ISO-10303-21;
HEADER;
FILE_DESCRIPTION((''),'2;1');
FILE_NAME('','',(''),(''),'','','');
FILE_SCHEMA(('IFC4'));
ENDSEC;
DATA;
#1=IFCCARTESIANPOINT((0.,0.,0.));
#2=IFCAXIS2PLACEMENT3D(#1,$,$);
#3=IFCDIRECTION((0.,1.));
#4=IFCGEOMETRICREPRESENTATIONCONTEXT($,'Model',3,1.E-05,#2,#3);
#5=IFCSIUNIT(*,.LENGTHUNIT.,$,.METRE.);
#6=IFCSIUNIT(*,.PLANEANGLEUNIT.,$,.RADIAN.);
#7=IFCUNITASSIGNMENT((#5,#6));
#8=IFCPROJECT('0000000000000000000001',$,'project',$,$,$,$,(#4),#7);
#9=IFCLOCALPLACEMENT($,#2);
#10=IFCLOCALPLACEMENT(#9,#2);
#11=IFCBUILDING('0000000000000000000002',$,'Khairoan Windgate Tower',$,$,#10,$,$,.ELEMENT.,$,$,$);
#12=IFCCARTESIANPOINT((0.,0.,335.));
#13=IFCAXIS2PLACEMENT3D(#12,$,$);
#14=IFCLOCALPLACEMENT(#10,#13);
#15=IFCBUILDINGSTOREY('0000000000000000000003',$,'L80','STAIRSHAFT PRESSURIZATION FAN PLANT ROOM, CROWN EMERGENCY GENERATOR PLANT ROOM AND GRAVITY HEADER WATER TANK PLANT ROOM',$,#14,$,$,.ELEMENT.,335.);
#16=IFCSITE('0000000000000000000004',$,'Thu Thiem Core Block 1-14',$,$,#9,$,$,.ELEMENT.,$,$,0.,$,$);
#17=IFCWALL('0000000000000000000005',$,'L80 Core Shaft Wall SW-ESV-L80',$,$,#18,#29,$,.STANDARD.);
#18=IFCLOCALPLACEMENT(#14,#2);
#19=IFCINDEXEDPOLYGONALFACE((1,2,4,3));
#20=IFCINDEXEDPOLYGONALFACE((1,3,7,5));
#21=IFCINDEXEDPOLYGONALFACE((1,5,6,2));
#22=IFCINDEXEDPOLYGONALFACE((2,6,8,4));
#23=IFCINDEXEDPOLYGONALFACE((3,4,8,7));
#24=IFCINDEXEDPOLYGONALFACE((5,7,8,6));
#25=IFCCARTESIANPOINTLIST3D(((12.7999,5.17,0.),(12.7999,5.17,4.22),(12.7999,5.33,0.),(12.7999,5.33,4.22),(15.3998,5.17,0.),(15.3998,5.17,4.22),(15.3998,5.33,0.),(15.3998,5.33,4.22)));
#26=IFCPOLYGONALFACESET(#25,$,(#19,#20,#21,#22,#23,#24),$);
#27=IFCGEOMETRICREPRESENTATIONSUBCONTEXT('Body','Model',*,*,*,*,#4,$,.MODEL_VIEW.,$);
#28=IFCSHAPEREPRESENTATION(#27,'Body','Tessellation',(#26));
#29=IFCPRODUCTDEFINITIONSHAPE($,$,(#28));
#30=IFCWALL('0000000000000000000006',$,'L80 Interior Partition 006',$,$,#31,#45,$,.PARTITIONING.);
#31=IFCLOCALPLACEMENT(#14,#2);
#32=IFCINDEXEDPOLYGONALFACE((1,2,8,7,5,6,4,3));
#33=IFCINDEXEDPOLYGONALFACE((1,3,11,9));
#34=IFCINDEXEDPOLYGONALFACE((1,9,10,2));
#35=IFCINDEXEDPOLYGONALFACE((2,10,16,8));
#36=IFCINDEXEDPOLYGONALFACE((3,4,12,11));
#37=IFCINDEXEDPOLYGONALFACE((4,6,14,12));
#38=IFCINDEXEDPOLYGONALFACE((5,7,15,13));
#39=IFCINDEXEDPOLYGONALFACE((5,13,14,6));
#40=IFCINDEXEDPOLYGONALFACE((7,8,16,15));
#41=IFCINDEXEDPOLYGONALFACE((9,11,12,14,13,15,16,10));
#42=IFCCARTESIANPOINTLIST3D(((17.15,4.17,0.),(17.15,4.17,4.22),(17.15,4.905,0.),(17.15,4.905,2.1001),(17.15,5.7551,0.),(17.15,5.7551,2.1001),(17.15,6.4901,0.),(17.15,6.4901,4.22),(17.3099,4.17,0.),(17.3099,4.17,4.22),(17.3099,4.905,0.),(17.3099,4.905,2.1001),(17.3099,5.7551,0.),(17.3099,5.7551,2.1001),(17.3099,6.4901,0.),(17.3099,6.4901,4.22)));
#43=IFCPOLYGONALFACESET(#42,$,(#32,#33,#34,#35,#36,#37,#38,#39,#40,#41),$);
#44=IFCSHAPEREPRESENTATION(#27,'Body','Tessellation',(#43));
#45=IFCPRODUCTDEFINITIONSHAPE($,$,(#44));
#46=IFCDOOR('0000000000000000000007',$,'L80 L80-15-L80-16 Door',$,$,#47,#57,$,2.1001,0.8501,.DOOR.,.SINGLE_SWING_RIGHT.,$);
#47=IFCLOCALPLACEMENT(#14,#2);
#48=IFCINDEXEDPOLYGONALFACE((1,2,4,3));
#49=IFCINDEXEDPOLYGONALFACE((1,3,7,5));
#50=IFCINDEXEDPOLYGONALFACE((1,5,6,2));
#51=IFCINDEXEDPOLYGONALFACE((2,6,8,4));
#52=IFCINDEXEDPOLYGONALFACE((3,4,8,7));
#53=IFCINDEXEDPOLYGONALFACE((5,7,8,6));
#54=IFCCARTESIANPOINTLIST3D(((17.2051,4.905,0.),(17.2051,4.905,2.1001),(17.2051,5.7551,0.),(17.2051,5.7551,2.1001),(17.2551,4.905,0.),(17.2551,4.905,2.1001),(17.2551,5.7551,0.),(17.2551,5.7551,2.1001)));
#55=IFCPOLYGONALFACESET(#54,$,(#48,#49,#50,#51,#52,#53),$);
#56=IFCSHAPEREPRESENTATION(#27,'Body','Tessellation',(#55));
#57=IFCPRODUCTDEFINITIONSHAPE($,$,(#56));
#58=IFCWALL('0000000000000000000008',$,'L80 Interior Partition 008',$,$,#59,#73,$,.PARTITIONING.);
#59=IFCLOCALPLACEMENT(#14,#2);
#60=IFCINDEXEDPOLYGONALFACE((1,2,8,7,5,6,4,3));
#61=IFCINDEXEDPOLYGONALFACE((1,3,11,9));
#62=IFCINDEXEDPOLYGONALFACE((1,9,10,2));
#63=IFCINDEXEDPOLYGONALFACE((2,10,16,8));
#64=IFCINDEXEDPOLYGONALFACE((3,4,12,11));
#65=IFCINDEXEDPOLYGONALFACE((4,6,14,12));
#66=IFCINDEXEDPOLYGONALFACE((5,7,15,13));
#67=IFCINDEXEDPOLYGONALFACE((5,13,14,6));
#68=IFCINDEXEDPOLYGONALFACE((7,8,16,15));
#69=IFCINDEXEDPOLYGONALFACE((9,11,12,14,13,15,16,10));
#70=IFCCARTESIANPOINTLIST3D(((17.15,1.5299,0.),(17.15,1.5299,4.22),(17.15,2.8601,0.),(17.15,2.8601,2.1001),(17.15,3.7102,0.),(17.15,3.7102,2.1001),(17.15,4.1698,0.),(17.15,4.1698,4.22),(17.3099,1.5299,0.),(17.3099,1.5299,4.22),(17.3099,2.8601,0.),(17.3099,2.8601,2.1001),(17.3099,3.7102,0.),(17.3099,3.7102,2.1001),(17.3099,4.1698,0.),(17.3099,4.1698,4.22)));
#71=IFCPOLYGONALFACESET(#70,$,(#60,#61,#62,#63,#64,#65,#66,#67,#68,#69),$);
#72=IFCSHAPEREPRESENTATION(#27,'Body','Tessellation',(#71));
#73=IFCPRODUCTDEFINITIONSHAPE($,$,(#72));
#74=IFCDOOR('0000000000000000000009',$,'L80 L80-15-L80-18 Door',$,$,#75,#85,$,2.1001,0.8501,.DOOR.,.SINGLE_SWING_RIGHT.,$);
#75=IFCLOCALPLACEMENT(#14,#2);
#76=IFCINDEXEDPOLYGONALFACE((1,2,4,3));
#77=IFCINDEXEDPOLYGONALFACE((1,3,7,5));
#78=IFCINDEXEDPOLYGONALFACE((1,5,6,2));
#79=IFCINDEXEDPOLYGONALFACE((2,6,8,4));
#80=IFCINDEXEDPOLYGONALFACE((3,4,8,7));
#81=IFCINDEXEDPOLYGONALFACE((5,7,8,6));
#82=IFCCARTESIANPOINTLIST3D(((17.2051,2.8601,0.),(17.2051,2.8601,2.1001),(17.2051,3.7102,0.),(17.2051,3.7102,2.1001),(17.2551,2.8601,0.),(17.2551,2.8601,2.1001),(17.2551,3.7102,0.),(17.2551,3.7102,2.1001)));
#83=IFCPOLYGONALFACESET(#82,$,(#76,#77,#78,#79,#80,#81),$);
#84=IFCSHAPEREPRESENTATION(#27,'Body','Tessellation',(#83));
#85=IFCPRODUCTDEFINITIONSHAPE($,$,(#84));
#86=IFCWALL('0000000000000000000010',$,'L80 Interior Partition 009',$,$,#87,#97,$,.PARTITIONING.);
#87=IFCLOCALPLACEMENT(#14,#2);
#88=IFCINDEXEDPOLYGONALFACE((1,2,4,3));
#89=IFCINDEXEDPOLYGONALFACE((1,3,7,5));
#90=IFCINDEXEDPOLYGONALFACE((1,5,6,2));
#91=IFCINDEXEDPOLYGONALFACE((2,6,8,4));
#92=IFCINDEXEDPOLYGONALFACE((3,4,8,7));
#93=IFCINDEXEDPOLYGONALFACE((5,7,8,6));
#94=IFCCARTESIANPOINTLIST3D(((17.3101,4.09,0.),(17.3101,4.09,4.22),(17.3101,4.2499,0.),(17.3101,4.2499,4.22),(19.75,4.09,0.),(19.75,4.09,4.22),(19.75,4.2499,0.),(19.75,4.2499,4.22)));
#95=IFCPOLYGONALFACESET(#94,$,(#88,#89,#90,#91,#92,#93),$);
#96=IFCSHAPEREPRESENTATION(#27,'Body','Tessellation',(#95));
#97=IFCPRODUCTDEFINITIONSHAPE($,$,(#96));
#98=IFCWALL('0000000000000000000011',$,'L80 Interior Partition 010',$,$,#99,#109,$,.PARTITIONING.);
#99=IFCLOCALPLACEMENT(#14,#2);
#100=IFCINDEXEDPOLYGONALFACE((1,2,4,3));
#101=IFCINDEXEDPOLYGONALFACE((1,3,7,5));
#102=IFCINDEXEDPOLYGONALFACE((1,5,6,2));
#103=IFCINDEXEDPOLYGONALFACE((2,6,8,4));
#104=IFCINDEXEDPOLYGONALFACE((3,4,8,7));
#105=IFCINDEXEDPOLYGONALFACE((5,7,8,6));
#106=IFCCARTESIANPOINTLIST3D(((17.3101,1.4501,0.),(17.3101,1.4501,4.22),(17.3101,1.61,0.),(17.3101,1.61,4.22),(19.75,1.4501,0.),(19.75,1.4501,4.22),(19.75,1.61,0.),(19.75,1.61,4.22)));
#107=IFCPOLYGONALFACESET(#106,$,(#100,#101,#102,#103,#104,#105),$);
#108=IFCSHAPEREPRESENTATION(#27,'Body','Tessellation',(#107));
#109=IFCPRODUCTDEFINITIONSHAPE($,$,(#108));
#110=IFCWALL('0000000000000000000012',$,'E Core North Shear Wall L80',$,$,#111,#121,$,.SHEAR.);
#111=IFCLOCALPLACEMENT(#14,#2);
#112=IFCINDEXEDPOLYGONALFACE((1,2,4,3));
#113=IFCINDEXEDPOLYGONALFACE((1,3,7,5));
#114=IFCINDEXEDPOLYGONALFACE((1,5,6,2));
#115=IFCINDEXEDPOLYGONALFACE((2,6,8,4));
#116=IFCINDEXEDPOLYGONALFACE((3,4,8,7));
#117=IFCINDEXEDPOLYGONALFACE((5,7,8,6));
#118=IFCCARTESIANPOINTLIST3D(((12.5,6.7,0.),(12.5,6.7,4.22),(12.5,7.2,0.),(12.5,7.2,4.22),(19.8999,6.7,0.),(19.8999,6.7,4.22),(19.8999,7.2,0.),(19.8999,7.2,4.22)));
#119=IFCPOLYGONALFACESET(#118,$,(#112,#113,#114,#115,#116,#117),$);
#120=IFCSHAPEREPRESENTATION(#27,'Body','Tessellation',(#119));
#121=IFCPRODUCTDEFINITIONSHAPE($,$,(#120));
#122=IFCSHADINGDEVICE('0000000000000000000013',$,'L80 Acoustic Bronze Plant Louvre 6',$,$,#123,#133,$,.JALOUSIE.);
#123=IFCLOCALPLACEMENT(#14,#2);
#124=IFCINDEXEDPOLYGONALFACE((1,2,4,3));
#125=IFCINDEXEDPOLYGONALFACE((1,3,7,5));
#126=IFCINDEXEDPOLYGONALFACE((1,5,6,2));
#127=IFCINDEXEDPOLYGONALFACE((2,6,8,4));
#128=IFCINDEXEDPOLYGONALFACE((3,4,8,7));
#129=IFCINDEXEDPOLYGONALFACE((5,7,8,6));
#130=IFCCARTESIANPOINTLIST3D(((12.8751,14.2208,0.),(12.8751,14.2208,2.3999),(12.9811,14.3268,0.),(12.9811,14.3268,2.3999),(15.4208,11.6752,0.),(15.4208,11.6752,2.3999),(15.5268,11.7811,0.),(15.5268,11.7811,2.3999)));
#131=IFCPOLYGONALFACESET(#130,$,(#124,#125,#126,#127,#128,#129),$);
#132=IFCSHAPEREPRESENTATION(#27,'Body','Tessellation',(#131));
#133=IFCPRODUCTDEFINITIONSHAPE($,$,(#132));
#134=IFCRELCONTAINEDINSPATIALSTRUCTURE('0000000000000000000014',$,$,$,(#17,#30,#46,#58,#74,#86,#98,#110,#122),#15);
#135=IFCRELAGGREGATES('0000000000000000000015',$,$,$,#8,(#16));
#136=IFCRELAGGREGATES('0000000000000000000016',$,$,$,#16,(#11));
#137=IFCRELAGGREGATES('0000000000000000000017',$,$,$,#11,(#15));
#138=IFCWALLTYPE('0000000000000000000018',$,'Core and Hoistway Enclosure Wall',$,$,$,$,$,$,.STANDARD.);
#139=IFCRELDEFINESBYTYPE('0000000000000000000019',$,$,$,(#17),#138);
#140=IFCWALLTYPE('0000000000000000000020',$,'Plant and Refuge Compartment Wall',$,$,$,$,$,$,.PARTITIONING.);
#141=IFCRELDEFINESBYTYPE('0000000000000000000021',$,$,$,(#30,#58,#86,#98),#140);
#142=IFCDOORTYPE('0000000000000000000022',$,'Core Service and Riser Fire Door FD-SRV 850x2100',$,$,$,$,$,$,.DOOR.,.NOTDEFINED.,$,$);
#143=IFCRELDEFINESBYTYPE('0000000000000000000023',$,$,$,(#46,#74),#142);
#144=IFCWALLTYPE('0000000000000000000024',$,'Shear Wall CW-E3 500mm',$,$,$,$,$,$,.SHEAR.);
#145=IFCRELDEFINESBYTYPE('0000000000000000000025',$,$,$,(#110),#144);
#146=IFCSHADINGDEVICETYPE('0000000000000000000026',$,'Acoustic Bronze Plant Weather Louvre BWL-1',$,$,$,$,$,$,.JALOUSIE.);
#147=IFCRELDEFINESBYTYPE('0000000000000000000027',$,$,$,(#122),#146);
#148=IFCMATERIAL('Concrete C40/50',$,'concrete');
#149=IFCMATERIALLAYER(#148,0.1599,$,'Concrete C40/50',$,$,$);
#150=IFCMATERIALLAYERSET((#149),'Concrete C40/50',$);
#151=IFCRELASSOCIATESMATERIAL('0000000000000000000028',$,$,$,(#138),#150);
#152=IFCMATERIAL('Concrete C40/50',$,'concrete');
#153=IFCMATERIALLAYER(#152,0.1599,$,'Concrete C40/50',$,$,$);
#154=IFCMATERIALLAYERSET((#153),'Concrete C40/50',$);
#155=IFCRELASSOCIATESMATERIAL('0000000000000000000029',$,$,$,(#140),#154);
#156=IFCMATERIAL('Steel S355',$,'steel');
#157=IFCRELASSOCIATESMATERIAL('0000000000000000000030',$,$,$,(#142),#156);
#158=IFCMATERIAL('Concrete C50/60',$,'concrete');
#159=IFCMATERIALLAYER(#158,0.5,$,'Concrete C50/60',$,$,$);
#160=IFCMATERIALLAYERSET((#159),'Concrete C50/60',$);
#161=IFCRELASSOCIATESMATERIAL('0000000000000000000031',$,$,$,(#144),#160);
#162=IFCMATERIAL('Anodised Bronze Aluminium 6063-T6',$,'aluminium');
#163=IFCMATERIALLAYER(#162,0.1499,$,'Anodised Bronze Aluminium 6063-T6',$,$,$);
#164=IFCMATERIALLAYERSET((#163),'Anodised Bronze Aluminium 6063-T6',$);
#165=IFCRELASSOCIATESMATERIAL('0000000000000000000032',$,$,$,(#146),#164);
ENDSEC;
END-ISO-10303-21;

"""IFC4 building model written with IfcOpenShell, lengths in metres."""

from ifc_helpers import new_model, si_unit, direction, frame, frame_2d, origin, origin_2d, place, context, subcontext, project, spatial, rectangle, extrude, material, layer, layer_set, type_object, element, fill, save


model = new_model("IFC4")

# Units and contexts
model_context = context("Model", 3, precision=1e-05, world=origin(), true_north=direction((0.0, 1.0)))
body_context = subcontext(model_context, "Body", "Model", "MODEL_VIEW")
ifc_project = project(units=[si_unit("LENGTHUNIT", "METRE"), si_unit("PLANEANGLEUNIT", "RADIAN")], contexts=[model_context])

# Site, building, storey
site_placement = place(None, origin())
site = spatial("IfcSite", under=ifc_project, at=site_placement, Name="Thu Thiem Core Block 1-14", CompositionType="ELEMENT", RefElevation=0.0)
building_placement = place(site_placement, origin())
building = spatial("IfcBuilding", under=site, at=building_placement, Name="Khairoan Windgate Tower", CompositionType="ELEMENT")
storey_placement = place(building_placement, frame((0.0, 0.0, 335.0)))
storey = spatial("IfcBuildingStorey", under=building, at=storey_placement, Name="L80", Description="STAIRSHAFT PRESSURIZATION FAN PLANT ROOM, CROWN EMERGENCY GENERATOR PLANT ROOM AND GRAVITY HEADER WATER TANK PLANT ROOM", CompositionType="ELEMENT", Elevation=335.0)

# Wall
ifc_material_1 = material(Name="Concrete C40/50", Category="concrete")
ifc_layer_1 = layer(ifc_material_1, 0.1599, Name="Concrete C40/50")
ifc_layer_set_1 = layer_set([ifc_layer_1], Name="Concrete C40/50")
wall_type_1 = type_object("IfcWallType", Name="Core and Hoistway Enclosure Wall", PredefinedType="STANDARD", material=ifc_layer_set_1)
wall_1_placement = place(storey_placement, frame((12.8, 5.25, 0.0), z_axis=(0.0, 0.0, 1.0), x_axis=(1.0, 0.0, 0.0)))
element("IfcWall", 1, at=wall_1_placement, inside=storey, type_object=wall_type_1, Name="L80 Core Shaft Wall SW-ESV-L80", PredefinedType="STANDARD", context=body_context, shape_type="SweptSolid", body=[
    extrude(rectangle(XDim=2.5999, YDim=0.1599, at=frame_2d((1.2998, 0.0))), origin(), (0.0, 0.0, 1.0), 4.22),
])

# Walls, openings, doors
ifc_material_2 = material(Name="Concrete C40/50", Category="concrete")
ifc_layer_2 = layer(ifc_material_2, 0.1599, Name="Concrete C40/50")
ifc_layer_set_2 = layer_set([ifc_layer_2], Name="Concrete C40/50")
wall_type_2 = type_object("IfcWallType", Name="Plant and Refuge Compartment Wall", PredefinedType="PARTITIONING", material=ifc_layer_set_2)
wall_2_placement = place(storey_placement, frame((17.23, 4.1699, 0.0), z_axis=(0.0, 0.0, 1.0), x_axis=(0.0, 1.0, 0.0)))
wall_2 = element("IfcWall", 2, at=wall_2_placement, inside=storey, type_object=wall_type_2, Name="L80 Interior Partition 006", PredefinedType="PARTITIONING", context=body_context, shape_type="SweptSolid", body=[
    extrude(rectangle(XDim=2.3201, YDim=0.1599, at=frame_2d((1.1602, 0.0))), origin(), (0.0, 0.0, 1.0), 4.22),
])
opening_1_placement = place(wall_2_placement, frame((0.7351, 0.0, 0.0)))
opening_1 = element("IfcOpeningElement", 3, at=opening_1_placement, cuts=wall_2, PredefinedType="OPENING", context=body_context, shape_type="SweptSolid", body=[
    extrude(rectangle(XDim=0.8501, YDim=2.1001, at=frame_2d((0.425, 1.05))), frame((0.0, 0.0898, 0.0), z_axis=(0.0, -1.0, 0.0), x_axis=(1.0, 0.0, 0.0)), (0.0, 0.0, 1.0), 0.1799),
])
ifc_material_3 = material(Name="Steel S355", Category="steel")
door_type = type_object("IfcDoorType", Name="Core Service and Riser Fire Door FD-SRV 850x2100", OperationType="NOTDEFINED", PredefinedType="DOOR", material=ifc_material_3)
door_1_placement = place(opening_1_placement, origin())
door_1 = element("IfcDoor", 4, at=door_1_placement, inside=storey, type_object=door_type, Name="L80 L80-15-L80-16 Door", OperationType="SINGLE_SWING_RIGHT", OverallHeight=2.1001, OverallWidth=0.8501, PredefinedType="DOOR", context=body_context, shape_type="SweptSolid", body=[
    extrude(rectangle(XDim=0.8501, YDim=2.1001, at=frame_2d((0.425, 1.05))), frame((0.0, 0.0249, 0.0), z_axis=(0.0, -1.0, 0.0), x_axis=(1.0, 0.0, 0.0)), (0.0, 0.0, 1.0), 0.05),
])
fill(opening_1, door_1)
wall_3_placement = place(storey_placement, frame((17.23, 1.53, 0.0), z_axis=(0.0, 0.0, 1.0), x_axis=(0.0, 1.0, 0.0)))
wall_3 = element("IfcWall", 5, at=wall_3_placement, inside=storey, type_object=wall_type_2, Name="L80 Interior Partition 008", PredefinedType="PARTITIONING", context=body_context, shape_type="SweptSolid", body=[
    extrude(rectangle(XDim=2.6399, YDim=0.1599, at=frame_2d((1.3198, 0.0))), origin(), (0.0, 0.0, 1.0), 4.22),
])
opening_2_placement = place(wall_3_placement, frame((1.3301, 0.0, 0.0)))
opening_2 = element("IfcOpeningElement", 6, at=opening_2_placement, cuts=wall_3, PredefinedType="OPENING", context=body_context, shape_type="SweptSolid", body=[
    extrude(rectangle(XDim=0.8501, YDim=2.1001, at=frame_2d((0.425, 1.05))), frame((0.0, 0.0898, 0.0), z_axis=(0.0, -1.0, 0.0), x_axis=(1.0, 0.0, 0.0)), (0.0, 0.0, 1.0), 0.1799),
])
door_2_placement = place(opening_2_placement, origin())
door_2 = element("IfcDoor", 7, at=door_2_placement, inside=storey, type_object=door_type, Name="L80 L80-15-L80-18 Door", OperationType="SINGLE_SWING_RIGHT", OverallHeight=2.1001, OverallWidth=0.8501, PredefinedType="DOOR", context=body_context, shape_type="SweptSolid", body=[
    extrude(rectangle(XDim=0.8501, YDim=2.1001, at=frame_2d((0.425, 1.05))), frame((0.0, 0.0249, 0.0), z_axis=(0.0, -1.0, 0.0), x_axis=(1.0, 0.0, 0.0)), (0.0, 0.0, 1.0), 0.05),
])
fill(opening_2, door_2)

# Walls
for number, where, z_axis, x_axis, name in (
    (8, (17.3101, 4.1699, 0.0), (0.0, 0.0, 1.0), (1.0, 0.0, 0.0), "L80 Interior Partition 009"),
    (9, (17.3101, 1.53, 0.0), (0.0, 0.0, 1.0), (1.0, 0.0, 0.0), "L80 Interior Partition 010"),
):
    element("IfcWall", number, at=place(storey_placement, frame(where, z_axis=z_axis, x_axis=x_axis)), inside=storey, type_object=wall_type_2, Name=name, PredefinedType="PARTITIONING", context=body_context, shape_type="SweptSolid", body=[
        extrude(rectangle(XDim=2.4399, YDim=0.1599, at=frame_2d((1.22, 0.0))), origin(), (0.0, 0.0, 1.0), 4.22),
    ])
ifc_material_4 = material(Name="Concrete C50/60", Category="concrete")
ifc_layer_3 = layer(ifc_material_4, 0.5, Name="Concrete C50/60")
ifc_layer_set_3 = layer_set([ifc_layer_3], Name="Concrete C50/60")
wall_type_3 = type_object("IfcWallType", Name="Shear Wall CW-E3 500mm", PredefinedType="SHEAR", material=ifc_layer_set_3)
wall_4_placement = place(storey_placement, frame((12.5, 6.95, 0.0), z_axis=(0.0, 0.0, 1.0), x_axis=(1.0, 0.0, 0.0)))
element("IfcWall", 10, at=wall_4_placement, inside=storey, type_object=wall_type_3, Name="E Core North Shear Wall L80", PredefinedType="SHEAR", context=body_context, shape_type="SweptSolid", body=[
    extrude(rectangle(XDim=7.3999, YDim=0.5, at=frame_2d((3.7, 0.0))), origin(), (0.0, 0.0, 1.0), 4.22),
])

# Shading device
ifc_material_5 = material(Name="Anodised Bronze Aluminium 6063-T6", Category="aluminium")
ifc_layer_4 = layer(ifc_material_5, 0.1499, Name="Anodised Bronze Aluminium 6063-T6")
ifc_layer_set_4 = layer_set([ifc_layer_4], Name="Anodised Bronze Aluminium 6063-T6")
shading_device_type = type_object("IfcShadingDeviceType", Name="Acoustic Bronze Plant Weather Louvre BWL-1", PredefinedType="JALOUSIE", material=ifc_layer_set_4)
shading_device_placement = place(storey_placement, frame((14.2009, 13.001, 0.0), z_axis=(0.0, 0.0, 1.0), x_axis=(0.707107, -0.707107, 0.0)))
element("IfcShadingDevice", 11, at=shading_device_placement, inside=storey, type_object=shading_device_type, Name="L80 Acoustic Bronze Plant Louvre 6", PredefinedType="JALOUSIE", context=body_context, shape_type="SweptSolid", body=[
    extrude(rectangle(XDim=3.6001, YDim=0.1499, at=origin_2d()), origin(), (0.0, 0.0, 1.0), 2.3999),
])

save(model, "model.ifc")
